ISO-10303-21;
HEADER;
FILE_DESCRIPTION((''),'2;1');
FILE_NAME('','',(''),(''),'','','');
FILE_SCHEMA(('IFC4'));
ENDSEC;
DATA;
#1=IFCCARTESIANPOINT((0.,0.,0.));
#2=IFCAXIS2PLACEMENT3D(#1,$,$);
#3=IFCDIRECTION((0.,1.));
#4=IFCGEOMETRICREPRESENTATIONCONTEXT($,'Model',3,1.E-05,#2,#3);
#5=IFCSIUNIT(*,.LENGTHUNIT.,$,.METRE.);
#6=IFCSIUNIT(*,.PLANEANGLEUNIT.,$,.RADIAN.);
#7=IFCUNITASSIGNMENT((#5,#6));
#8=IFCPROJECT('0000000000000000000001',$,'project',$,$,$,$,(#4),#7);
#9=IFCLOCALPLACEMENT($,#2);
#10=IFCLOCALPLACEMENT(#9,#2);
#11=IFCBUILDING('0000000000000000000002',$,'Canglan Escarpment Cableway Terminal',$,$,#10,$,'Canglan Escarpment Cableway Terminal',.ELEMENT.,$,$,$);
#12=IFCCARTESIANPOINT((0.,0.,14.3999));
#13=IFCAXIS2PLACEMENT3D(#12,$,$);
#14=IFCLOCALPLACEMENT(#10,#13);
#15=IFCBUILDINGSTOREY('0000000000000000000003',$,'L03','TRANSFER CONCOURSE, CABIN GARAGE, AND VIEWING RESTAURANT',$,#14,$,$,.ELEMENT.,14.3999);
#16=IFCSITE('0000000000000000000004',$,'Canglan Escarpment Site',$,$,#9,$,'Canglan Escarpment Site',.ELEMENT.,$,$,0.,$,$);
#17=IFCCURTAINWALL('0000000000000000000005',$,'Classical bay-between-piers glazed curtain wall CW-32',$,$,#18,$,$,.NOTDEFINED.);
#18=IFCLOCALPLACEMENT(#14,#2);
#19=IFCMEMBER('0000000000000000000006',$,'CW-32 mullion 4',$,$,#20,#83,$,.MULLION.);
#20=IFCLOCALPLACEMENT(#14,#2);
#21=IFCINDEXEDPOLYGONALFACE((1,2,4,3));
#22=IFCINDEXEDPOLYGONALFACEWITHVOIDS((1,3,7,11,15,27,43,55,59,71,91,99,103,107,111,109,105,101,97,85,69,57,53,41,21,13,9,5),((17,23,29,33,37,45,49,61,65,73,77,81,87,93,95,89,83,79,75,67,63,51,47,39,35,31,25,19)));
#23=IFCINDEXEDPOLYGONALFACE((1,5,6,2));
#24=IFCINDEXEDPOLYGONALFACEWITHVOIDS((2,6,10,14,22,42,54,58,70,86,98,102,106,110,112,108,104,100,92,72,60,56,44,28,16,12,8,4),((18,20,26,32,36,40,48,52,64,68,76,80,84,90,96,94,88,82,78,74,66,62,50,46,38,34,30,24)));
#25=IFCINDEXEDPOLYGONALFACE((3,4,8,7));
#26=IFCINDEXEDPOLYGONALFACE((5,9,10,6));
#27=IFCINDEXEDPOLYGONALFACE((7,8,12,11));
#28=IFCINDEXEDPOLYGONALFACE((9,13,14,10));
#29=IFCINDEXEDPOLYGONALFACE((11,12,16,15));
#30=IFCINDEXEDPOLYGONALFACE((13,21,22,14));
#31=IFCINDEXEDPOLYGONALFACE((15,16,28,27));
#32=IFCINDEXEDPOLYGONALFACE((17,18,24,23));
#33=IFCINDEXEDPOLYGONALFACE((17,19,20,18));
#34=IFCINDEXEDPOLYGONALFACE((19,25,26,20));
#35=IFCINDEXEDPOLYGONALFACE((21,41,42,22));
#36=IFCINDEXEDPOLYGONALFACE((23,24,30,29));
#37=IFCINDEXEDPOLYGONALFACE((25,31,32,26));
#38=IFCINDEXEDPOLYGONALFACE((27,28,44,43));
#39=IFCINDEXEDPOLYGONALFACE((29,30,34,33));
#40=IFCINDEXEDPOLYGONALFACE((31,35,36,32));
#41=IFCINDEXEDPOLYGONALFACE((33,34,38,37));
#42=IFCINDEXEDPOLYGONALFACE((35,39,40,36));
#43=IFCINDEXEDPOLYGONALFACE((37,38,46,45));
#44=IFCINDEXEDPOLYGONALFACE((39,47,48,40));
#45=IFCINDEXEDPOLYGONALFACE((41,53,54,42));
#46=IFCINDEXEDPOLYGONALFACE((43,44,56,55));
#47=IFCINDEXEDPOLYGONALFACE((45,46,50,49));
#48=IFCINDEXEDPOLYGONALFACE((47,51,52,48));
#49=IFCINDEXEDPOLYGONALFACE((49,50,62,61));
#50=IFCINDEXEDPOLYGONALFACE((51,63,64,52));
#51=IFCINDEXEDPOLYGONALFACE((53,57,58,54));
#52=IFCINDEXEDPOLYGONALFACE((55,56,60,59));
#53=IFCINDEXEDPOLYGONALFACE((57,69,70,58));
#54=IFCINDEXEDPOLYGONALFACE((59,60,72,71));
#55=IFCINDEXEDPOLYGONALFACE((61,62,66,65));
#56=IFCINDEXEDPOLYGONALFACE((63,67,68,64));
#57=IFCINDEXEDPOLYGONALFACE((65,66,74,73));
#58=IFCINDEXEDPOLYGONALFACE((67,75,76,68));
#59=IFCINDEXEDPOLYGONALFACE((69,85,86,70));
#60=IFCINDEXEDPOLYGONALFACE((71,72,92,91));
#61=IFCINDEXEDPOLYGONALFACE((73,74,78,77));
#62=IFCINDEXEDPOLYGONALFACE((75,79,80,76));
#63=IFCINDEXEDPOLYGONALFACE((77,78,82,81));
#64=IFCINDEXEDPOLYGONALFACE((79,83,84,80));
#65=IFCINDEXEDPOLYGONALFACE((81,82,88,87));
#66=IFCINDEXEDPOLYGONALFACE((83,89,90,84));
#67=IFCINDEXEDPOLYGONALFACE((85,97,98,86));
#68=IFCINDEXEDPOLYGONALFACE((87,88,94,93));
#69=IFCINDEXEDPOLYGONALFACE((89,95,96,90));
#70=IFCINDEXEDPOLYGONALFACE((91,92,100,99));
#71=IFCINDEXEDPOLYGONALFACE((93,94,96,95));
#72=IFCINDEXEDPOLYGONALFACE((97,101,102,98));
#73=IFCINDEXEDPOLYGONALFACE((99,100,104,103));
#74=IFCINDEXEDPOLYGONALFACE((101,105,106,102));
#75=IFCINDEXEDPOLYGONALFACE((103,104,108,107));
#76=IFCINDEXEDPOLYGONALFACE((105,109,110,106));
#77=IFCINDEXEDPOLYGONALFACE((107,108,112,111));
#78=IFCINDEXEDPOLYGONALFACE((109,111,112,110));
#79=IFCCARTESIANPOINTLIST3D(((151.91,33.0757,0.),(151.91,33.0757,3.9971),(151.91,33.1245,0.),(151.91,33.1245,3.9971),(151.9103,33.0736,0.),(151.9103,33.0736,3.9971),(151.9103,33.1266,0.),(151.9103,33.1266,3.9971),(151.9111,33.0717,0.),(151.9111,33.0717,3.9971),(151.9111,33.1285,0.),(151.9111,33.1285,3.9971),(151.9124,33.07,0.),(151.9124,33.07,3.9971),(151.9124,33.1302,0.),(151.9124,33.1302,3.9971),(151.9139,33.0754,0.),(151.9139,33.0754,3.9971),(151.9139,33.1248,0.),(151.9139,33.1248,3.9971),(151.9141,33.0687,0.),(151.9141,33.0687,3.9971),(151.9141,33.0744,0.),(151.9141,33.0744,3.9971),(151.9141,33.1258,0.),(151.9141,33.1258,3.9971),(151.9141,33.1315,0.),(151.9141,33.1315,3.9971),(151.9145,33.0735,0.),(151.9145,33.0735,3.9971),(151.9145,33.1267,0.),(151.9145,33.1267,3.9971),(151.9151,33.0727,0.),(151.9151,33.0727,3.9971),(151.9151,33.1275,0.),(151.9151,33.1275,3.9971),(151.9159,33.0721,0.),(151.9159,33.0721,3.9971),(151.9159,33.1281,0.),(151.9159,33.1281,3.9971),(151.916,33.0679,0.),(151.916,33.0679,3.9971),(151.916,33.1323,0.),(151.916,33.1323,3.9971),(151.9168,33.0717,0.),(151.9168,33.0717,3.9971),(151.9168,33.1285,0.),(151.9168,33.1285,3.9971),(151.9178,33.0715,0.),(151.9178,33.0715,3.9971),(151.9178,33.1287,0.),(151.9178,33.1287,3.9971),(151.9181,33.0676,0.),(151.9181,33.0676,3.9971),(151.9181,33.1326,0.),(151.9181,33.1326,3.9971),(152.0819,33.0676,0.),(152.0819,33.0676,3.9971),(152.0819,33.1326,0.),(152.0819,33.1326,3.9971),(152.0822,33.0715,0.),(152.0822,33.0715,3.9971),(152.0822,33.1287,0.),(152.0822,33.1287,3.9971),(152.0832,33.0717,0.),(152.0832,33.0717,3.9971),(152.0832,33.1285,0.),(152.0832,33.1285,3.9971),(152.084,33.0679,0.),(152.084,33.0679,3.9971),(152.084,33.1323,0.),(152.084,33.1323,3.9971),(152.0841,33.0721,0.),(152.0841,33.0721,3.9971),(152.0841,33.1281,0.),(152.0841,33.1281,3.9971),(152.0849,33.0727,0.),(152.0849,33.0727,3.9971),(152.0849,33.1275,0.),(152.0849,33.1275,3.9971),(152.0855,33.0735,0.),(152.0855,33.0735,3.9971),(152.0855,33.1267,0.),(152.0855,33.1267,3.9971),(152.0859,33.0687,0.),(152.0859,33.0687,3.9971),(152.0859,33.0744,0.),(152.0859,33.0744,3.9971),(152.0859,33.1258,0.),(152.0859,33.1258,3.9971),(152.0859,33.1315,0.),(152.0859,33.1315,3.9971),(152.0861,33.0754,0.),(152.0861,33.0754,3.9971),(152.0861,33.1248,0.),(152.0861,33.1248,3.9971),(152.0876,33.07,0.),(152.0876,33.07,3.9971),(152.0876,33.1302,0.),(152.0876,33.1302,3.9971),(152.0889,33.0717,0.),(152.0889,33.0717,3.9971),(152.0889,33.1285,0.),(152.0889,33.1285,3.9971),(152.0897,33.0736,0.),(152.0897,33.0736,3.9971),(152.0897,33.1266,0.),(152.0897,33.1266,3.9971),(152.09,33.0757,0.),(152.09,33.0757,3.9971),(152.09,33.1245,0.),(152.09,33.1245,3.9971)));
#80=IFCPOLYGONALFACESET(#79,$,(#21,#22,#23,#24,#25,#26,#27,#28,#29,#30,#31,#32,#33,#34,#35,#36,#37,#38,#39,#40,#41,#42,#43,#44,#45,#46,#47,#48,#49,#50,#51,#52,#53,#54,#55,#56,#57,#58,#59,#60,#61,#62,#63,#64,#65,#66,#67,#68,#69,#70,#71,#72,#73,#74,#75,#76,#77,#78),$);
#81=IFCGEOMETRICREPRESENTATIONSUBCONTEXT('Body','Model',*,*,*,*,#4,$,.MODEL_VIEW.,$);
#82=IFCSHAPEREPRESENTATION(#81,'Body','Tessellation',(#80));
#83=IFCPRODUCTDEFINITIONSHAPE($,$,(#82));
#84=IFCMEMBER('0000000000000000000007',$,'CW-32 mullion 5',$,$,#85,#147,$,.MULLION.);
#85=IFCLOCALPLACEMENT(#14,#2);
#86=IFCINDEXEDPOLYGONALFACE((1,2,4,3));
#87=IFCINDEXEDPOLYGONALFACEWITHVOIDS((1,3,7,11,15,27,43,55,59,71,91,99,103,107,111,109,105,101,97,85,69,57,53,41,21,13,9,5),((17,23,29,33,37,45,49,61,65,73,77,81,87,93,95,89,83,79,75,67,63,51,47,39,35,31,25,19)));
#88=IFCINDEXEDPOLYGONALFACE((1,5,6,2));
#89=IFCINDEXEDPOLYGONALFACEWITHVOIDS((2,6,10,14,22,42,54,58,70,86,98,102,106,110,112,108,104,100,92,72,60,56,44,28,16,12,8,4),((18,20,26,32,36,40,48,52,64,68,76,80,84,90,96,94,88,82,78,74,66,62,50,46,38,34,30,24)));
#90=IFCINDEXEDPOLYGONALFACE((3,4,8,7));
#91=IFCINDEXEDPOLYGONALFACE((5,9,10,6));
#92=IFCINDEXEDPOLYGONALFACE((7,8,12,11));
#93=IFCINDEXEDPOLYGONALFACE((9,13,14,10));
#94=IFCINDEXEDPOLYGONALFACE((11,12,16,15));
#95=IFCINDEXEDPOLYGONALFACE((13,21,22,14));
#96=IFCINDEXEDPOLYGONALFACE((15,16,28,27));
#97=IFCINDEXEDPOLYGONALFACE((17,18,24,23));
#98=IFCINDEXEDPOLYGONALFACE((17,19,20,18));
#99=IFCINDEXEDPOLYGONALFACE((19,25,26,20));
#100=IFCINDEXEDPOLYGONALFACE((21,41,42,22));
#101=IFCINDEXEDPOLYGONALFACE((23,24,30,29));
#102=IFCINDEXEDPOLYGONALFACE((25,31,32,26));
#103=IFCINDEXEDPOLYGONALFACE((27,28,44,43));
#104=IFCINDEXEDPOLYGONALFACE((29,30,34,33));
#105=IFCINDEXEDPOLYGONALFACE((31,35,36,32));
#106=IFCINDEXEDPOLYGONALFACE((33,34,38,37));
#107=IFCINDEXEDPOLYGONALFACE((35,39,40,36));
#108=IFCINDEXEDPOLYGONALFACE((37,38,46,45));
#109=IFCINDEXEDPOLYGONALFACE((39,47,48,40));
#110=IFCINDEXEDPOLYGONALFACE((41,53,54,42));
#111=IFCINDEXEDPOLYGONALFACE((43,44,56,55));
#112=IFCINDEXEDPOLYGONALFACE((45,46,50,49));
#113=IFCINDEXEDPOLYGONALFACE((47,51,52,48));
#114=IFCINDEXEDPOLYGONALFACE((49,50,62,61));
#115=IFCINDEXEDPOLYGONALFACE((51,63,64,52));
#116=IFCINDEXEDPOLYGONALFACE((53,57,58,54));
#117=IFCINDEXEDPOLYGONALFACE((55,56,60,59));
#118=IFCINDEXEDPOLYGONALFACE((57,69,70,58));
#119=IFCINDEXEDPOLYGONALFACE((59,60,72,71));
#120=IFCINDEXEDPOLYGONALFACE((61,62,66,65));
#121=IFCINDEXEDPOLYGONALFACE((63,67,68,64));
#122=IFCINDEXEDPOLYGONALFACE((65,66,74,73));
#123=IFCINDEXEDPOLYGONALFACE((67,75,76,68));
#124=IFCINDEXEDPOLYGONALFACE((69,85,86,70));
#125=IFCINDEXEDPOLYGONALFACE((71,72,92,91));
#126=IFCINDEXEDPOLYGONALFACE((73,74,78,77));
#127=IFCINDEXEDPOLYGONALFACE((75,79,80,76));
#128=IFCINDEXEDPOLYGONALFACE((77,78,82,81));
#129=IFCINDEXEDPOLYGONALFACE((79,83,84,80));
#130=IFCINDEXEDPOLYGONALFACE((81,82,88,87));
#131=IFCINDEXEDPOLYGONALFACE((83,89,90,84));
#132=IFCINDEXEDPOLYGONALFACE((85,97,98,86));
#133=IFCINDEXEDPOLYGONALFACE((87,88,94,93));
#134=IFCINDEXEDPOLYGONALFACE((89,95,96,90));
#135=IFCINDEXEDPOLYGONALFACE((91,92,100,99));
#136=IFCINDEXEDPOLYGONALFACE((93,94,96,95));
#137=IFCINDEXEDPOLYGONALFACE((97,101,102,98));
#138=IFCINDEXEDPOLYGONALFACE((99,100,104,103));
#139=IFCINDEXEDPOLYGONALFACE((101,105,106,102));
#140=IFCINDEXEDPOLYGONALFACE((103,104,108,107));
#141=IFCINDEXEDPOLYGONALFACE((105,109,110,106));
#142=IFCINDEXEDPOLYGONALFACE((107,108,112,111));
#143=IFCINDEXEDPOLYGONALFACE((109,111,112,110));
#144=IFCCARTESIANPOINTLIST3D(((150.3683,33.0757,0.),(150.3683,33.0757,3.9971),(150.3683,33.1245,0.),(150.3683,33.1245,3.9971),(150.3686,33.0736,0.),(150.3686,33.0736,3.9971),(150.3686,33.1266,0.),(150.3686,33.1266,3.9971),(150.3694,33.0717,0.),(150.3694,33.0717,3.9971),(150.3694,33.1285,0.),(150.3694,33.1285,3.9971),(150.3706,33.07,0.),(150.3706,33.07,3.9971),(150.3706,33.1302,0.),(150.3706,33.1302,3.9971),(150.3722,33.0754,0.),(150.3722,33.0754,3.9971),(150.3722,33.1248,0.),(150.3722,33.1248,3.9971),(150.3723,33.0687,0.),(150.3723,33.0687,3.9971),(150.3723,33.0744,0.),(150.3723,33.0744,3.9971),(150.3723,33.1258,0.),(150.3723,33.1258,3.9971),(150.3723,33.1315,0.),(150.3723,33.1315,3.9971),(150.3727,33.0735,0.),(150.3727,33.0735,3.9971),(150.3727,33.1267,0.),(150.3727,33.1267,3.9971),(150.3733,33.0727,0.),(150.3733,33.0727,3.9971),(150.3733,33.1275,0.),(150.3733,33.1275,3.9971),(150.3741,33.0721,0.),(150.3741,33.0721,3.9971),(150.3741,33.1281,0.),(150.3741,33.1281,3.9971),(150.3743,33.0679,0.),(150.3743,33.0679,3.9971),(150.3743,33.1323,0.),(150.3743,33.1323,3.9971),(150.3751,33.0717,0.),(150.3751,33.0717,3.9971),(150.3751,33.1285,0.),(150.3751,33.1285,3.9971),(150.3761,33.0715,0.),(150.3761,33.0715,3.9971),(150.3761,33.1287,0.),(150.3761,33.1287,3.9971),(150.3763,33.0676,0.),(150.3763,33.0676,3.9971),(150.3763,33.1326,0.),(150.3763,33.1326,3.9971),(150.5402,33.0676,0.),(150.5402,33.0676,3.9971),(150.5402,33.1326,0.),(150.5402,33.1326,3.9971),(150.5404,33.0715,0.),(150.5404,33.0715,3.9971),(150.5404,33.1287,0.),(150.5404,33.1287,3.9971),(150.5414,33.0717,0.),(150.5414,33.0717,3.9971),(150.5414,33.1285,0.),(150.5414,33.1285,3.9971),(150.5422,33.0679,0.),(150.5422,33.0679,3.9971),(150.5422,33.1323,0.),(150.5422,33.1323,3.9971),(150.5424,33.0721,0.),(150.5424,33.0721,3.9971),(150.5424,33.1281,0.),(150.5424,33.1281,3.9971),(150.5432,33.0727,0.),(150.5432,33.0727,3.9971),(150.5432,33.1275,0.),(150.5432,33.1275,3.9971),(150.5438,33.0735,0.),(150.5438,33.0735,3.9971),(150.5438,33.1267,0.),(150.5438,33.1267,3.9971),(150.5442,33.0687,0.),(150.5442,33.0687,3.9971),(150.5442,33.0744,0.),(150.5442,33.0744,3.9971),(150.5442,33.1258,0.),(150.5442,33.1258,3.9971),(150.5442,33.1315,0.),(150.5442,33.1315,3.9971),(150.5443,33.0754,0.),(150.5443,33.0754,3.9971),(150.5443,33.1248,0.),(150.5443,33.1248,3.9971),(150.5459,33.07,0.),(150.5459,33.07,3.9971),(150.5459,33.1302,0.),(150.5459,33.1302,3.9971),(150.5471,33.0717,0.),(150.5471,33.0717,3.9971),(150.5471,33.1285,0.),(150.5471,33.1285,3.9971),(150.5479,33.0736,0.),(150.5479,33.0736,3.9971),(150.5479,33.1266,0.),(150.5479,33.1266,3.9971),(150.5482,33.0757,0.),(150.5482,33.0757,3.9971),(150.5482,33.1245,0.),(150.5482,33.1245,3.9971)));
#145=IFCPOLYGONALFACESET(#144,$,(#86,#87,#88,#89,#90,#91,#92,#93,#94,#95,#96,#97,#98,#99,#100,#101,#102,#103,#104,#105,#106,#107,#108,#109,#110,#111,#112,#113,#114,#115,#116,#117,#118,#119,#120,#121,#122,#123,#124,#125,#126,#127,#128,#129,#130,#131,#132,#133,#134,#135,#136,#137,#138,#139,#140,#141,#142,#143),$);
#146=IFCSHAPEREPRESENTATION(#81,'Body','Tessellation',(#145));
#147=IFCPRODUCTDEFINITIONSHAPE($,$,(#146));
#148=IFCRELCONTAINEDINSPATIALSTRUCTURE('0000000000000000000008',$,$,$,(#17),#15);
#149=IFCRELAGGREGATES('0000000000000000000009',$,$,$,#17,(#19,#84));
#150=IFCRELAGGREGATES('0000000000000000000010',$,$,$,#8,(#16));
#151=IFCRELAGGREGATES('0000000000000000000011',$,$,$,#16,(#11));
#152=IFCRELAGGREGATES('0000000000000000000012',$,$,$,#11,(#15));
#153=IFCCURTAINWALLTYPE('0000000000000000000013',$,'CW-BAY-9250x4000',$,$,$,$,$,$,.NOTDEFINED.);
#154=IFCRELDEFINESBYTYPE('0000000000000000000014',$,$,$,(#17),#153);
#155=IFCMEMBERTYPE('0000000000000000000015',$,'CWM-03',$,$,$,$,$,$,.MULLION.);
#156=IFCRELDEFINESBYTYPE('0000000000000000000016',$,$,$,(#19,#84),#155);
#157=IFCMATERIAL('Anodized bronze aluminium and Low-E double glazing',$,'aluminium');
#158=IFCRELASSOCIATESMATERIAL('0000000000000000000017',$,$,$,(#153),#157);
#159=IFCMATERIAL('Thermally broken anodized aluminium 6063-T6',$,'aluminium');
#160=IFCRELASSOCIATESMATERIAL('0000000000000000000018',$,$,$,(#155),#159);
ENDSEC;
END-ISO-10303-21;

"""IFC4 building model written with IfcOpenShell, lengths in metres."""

from ifc_helpers import new_model, si_unit, direction, frame, origin, origin_2d, place, context, subcontext, project, spatial, hollow_rectangle, extrude, material, material_profile, profile_set, type_object, element, aggregate, save


model = new_model("IFC4")

# Units and contexts
model_context = context("Model", 3, precision=1e-05, world=origin(), true_north=direction((0.0, 1.0)))
body_context = subcontext(model_context, "Body", "Model", "MODEL_VIEW")
ifc_project = project(units=[si_unit("LENGTHUNIT", "METRE"), si_unit("PLANEANGLEUNIT", "RADIAN")], contexts=[model_context])

# Site, building, storey
site_placement = place(None, origin())
site = spatial("IfcSite", under=ifc_project, at=site_placement, Name="Canglan Escarpment Site", LongName="Canglan Escarpment Site", CompositionType="ELEMENT", RefElevation=0.0)
building_placement = place(site_placement, origin())
building = spatial("IfcBuilding", under=site, at=building_placement, Name="Canglan Escarpment Cableway Terminal", LongName="Canglan Escarpment Cableway Terminal", CompositionType="ELEMENT")
storey_placement = place(building_placement, frame((0.0, 0.0, 14.3999)))
storey = spatial("IfcBuildingStorey", under=building, at=storey_placement, Name="L03", Description="TRANSFER CONCOURSE, CABIN GARAGE, AND VIEWING RESTAURANT", CompositionType="ELEMENT", Elevation=14.3999)

# Curtain wall, members
ifc_material_1 = material(Name="Anodized bronze aluminium and Low-E double glazing", Category="aluminium")
curtain_wall_type = type_object("IfcCurtainWallType", Name="CW-BAY-9250x4000", PredefinedType="NOTDEFINED", material=ifc_material_1)
curtain_wall_placement = place(storey_placement, origin())
curtain_wall = element("IfcCurtainWall", 1, at=curtain_wall_placement, inside=storey, type_object=curtain_wall_type, Name="Classical bay-between-piers glazed curtain wall CW-32", PredefinedType="NOTDEFINED")
ifc_material_2 = material(Name="Thermally broken anodized aluminium 6063-T6", Category="aluminium")
ifc_material_profile_1 = material_profile(ifc_material_2, hollow_rectangle(XDim=0.0649, YDim=0.1799, WallThickness=0.0039, InnerFilletRadius=0.0039, OuterFilletRadius=0.0081, at=origin_2d()), Name="ALU-MULL 65x180x4")
ifc_profile_set_1 = profile_set([ifc_material_profile_1], Name="Thermally broken anodized aluminium 6063-T6")
member_type_1 = type_object("IfcMemberType", Name="CWM-03", PredefinedType="MULLION", material=ifc_profile_set_1)
member_1_placement = place(storey_placement, frame((152.0, 33.1001, 0.0), z_axis=(0.0, 0.0, 1.0), x_axis=(0.0, -1.0, 0.0)))
member_1 = element("IfcMember", 2, at=member_1_placement, type_object=member_type_1, Name="CW-32 mullion 4", PredefinedType="MULLION", context=body_context, shape_type="SweptSolid", body=[
    extrude(hollow_rectangle(XDim=0.0649, YDim=0.1799, WallThickness=0.0039, InnerFilletRadius=0.0039, OuterFilletRadius=0.0081, at=origin_2d()), origin(), (0.0, 0.0, 1.0), 3.9971),
])
member_2_placement = place(storey_placement, frame((150.4583, 33.1001, 0.0), z_axis=(0.0, 0.0, 1.0), x_axis=(0.0, -1.0, 0.0)))
member_2 = element("IfcMember", 3, at=member_2_placement, type_object=member_type_1, Name="CW-32 mullion 5", PredefinedType="MULLION", context=body_context, shape_type="SweptSolid", body=[
    extrude(hollow_rectangle(XDim=0.0649, YDim=0.1799, WallThickness=0.0039, InnerFilletRadius=0.0039, OuterFilletRadius=0.0081, at=origin_2d()), origin(), (0.0, 0.0, 1.0), 3.9971),
])
aggregate(curtain_wall, [member_1, member_2])

save(model, "model.ifc")
